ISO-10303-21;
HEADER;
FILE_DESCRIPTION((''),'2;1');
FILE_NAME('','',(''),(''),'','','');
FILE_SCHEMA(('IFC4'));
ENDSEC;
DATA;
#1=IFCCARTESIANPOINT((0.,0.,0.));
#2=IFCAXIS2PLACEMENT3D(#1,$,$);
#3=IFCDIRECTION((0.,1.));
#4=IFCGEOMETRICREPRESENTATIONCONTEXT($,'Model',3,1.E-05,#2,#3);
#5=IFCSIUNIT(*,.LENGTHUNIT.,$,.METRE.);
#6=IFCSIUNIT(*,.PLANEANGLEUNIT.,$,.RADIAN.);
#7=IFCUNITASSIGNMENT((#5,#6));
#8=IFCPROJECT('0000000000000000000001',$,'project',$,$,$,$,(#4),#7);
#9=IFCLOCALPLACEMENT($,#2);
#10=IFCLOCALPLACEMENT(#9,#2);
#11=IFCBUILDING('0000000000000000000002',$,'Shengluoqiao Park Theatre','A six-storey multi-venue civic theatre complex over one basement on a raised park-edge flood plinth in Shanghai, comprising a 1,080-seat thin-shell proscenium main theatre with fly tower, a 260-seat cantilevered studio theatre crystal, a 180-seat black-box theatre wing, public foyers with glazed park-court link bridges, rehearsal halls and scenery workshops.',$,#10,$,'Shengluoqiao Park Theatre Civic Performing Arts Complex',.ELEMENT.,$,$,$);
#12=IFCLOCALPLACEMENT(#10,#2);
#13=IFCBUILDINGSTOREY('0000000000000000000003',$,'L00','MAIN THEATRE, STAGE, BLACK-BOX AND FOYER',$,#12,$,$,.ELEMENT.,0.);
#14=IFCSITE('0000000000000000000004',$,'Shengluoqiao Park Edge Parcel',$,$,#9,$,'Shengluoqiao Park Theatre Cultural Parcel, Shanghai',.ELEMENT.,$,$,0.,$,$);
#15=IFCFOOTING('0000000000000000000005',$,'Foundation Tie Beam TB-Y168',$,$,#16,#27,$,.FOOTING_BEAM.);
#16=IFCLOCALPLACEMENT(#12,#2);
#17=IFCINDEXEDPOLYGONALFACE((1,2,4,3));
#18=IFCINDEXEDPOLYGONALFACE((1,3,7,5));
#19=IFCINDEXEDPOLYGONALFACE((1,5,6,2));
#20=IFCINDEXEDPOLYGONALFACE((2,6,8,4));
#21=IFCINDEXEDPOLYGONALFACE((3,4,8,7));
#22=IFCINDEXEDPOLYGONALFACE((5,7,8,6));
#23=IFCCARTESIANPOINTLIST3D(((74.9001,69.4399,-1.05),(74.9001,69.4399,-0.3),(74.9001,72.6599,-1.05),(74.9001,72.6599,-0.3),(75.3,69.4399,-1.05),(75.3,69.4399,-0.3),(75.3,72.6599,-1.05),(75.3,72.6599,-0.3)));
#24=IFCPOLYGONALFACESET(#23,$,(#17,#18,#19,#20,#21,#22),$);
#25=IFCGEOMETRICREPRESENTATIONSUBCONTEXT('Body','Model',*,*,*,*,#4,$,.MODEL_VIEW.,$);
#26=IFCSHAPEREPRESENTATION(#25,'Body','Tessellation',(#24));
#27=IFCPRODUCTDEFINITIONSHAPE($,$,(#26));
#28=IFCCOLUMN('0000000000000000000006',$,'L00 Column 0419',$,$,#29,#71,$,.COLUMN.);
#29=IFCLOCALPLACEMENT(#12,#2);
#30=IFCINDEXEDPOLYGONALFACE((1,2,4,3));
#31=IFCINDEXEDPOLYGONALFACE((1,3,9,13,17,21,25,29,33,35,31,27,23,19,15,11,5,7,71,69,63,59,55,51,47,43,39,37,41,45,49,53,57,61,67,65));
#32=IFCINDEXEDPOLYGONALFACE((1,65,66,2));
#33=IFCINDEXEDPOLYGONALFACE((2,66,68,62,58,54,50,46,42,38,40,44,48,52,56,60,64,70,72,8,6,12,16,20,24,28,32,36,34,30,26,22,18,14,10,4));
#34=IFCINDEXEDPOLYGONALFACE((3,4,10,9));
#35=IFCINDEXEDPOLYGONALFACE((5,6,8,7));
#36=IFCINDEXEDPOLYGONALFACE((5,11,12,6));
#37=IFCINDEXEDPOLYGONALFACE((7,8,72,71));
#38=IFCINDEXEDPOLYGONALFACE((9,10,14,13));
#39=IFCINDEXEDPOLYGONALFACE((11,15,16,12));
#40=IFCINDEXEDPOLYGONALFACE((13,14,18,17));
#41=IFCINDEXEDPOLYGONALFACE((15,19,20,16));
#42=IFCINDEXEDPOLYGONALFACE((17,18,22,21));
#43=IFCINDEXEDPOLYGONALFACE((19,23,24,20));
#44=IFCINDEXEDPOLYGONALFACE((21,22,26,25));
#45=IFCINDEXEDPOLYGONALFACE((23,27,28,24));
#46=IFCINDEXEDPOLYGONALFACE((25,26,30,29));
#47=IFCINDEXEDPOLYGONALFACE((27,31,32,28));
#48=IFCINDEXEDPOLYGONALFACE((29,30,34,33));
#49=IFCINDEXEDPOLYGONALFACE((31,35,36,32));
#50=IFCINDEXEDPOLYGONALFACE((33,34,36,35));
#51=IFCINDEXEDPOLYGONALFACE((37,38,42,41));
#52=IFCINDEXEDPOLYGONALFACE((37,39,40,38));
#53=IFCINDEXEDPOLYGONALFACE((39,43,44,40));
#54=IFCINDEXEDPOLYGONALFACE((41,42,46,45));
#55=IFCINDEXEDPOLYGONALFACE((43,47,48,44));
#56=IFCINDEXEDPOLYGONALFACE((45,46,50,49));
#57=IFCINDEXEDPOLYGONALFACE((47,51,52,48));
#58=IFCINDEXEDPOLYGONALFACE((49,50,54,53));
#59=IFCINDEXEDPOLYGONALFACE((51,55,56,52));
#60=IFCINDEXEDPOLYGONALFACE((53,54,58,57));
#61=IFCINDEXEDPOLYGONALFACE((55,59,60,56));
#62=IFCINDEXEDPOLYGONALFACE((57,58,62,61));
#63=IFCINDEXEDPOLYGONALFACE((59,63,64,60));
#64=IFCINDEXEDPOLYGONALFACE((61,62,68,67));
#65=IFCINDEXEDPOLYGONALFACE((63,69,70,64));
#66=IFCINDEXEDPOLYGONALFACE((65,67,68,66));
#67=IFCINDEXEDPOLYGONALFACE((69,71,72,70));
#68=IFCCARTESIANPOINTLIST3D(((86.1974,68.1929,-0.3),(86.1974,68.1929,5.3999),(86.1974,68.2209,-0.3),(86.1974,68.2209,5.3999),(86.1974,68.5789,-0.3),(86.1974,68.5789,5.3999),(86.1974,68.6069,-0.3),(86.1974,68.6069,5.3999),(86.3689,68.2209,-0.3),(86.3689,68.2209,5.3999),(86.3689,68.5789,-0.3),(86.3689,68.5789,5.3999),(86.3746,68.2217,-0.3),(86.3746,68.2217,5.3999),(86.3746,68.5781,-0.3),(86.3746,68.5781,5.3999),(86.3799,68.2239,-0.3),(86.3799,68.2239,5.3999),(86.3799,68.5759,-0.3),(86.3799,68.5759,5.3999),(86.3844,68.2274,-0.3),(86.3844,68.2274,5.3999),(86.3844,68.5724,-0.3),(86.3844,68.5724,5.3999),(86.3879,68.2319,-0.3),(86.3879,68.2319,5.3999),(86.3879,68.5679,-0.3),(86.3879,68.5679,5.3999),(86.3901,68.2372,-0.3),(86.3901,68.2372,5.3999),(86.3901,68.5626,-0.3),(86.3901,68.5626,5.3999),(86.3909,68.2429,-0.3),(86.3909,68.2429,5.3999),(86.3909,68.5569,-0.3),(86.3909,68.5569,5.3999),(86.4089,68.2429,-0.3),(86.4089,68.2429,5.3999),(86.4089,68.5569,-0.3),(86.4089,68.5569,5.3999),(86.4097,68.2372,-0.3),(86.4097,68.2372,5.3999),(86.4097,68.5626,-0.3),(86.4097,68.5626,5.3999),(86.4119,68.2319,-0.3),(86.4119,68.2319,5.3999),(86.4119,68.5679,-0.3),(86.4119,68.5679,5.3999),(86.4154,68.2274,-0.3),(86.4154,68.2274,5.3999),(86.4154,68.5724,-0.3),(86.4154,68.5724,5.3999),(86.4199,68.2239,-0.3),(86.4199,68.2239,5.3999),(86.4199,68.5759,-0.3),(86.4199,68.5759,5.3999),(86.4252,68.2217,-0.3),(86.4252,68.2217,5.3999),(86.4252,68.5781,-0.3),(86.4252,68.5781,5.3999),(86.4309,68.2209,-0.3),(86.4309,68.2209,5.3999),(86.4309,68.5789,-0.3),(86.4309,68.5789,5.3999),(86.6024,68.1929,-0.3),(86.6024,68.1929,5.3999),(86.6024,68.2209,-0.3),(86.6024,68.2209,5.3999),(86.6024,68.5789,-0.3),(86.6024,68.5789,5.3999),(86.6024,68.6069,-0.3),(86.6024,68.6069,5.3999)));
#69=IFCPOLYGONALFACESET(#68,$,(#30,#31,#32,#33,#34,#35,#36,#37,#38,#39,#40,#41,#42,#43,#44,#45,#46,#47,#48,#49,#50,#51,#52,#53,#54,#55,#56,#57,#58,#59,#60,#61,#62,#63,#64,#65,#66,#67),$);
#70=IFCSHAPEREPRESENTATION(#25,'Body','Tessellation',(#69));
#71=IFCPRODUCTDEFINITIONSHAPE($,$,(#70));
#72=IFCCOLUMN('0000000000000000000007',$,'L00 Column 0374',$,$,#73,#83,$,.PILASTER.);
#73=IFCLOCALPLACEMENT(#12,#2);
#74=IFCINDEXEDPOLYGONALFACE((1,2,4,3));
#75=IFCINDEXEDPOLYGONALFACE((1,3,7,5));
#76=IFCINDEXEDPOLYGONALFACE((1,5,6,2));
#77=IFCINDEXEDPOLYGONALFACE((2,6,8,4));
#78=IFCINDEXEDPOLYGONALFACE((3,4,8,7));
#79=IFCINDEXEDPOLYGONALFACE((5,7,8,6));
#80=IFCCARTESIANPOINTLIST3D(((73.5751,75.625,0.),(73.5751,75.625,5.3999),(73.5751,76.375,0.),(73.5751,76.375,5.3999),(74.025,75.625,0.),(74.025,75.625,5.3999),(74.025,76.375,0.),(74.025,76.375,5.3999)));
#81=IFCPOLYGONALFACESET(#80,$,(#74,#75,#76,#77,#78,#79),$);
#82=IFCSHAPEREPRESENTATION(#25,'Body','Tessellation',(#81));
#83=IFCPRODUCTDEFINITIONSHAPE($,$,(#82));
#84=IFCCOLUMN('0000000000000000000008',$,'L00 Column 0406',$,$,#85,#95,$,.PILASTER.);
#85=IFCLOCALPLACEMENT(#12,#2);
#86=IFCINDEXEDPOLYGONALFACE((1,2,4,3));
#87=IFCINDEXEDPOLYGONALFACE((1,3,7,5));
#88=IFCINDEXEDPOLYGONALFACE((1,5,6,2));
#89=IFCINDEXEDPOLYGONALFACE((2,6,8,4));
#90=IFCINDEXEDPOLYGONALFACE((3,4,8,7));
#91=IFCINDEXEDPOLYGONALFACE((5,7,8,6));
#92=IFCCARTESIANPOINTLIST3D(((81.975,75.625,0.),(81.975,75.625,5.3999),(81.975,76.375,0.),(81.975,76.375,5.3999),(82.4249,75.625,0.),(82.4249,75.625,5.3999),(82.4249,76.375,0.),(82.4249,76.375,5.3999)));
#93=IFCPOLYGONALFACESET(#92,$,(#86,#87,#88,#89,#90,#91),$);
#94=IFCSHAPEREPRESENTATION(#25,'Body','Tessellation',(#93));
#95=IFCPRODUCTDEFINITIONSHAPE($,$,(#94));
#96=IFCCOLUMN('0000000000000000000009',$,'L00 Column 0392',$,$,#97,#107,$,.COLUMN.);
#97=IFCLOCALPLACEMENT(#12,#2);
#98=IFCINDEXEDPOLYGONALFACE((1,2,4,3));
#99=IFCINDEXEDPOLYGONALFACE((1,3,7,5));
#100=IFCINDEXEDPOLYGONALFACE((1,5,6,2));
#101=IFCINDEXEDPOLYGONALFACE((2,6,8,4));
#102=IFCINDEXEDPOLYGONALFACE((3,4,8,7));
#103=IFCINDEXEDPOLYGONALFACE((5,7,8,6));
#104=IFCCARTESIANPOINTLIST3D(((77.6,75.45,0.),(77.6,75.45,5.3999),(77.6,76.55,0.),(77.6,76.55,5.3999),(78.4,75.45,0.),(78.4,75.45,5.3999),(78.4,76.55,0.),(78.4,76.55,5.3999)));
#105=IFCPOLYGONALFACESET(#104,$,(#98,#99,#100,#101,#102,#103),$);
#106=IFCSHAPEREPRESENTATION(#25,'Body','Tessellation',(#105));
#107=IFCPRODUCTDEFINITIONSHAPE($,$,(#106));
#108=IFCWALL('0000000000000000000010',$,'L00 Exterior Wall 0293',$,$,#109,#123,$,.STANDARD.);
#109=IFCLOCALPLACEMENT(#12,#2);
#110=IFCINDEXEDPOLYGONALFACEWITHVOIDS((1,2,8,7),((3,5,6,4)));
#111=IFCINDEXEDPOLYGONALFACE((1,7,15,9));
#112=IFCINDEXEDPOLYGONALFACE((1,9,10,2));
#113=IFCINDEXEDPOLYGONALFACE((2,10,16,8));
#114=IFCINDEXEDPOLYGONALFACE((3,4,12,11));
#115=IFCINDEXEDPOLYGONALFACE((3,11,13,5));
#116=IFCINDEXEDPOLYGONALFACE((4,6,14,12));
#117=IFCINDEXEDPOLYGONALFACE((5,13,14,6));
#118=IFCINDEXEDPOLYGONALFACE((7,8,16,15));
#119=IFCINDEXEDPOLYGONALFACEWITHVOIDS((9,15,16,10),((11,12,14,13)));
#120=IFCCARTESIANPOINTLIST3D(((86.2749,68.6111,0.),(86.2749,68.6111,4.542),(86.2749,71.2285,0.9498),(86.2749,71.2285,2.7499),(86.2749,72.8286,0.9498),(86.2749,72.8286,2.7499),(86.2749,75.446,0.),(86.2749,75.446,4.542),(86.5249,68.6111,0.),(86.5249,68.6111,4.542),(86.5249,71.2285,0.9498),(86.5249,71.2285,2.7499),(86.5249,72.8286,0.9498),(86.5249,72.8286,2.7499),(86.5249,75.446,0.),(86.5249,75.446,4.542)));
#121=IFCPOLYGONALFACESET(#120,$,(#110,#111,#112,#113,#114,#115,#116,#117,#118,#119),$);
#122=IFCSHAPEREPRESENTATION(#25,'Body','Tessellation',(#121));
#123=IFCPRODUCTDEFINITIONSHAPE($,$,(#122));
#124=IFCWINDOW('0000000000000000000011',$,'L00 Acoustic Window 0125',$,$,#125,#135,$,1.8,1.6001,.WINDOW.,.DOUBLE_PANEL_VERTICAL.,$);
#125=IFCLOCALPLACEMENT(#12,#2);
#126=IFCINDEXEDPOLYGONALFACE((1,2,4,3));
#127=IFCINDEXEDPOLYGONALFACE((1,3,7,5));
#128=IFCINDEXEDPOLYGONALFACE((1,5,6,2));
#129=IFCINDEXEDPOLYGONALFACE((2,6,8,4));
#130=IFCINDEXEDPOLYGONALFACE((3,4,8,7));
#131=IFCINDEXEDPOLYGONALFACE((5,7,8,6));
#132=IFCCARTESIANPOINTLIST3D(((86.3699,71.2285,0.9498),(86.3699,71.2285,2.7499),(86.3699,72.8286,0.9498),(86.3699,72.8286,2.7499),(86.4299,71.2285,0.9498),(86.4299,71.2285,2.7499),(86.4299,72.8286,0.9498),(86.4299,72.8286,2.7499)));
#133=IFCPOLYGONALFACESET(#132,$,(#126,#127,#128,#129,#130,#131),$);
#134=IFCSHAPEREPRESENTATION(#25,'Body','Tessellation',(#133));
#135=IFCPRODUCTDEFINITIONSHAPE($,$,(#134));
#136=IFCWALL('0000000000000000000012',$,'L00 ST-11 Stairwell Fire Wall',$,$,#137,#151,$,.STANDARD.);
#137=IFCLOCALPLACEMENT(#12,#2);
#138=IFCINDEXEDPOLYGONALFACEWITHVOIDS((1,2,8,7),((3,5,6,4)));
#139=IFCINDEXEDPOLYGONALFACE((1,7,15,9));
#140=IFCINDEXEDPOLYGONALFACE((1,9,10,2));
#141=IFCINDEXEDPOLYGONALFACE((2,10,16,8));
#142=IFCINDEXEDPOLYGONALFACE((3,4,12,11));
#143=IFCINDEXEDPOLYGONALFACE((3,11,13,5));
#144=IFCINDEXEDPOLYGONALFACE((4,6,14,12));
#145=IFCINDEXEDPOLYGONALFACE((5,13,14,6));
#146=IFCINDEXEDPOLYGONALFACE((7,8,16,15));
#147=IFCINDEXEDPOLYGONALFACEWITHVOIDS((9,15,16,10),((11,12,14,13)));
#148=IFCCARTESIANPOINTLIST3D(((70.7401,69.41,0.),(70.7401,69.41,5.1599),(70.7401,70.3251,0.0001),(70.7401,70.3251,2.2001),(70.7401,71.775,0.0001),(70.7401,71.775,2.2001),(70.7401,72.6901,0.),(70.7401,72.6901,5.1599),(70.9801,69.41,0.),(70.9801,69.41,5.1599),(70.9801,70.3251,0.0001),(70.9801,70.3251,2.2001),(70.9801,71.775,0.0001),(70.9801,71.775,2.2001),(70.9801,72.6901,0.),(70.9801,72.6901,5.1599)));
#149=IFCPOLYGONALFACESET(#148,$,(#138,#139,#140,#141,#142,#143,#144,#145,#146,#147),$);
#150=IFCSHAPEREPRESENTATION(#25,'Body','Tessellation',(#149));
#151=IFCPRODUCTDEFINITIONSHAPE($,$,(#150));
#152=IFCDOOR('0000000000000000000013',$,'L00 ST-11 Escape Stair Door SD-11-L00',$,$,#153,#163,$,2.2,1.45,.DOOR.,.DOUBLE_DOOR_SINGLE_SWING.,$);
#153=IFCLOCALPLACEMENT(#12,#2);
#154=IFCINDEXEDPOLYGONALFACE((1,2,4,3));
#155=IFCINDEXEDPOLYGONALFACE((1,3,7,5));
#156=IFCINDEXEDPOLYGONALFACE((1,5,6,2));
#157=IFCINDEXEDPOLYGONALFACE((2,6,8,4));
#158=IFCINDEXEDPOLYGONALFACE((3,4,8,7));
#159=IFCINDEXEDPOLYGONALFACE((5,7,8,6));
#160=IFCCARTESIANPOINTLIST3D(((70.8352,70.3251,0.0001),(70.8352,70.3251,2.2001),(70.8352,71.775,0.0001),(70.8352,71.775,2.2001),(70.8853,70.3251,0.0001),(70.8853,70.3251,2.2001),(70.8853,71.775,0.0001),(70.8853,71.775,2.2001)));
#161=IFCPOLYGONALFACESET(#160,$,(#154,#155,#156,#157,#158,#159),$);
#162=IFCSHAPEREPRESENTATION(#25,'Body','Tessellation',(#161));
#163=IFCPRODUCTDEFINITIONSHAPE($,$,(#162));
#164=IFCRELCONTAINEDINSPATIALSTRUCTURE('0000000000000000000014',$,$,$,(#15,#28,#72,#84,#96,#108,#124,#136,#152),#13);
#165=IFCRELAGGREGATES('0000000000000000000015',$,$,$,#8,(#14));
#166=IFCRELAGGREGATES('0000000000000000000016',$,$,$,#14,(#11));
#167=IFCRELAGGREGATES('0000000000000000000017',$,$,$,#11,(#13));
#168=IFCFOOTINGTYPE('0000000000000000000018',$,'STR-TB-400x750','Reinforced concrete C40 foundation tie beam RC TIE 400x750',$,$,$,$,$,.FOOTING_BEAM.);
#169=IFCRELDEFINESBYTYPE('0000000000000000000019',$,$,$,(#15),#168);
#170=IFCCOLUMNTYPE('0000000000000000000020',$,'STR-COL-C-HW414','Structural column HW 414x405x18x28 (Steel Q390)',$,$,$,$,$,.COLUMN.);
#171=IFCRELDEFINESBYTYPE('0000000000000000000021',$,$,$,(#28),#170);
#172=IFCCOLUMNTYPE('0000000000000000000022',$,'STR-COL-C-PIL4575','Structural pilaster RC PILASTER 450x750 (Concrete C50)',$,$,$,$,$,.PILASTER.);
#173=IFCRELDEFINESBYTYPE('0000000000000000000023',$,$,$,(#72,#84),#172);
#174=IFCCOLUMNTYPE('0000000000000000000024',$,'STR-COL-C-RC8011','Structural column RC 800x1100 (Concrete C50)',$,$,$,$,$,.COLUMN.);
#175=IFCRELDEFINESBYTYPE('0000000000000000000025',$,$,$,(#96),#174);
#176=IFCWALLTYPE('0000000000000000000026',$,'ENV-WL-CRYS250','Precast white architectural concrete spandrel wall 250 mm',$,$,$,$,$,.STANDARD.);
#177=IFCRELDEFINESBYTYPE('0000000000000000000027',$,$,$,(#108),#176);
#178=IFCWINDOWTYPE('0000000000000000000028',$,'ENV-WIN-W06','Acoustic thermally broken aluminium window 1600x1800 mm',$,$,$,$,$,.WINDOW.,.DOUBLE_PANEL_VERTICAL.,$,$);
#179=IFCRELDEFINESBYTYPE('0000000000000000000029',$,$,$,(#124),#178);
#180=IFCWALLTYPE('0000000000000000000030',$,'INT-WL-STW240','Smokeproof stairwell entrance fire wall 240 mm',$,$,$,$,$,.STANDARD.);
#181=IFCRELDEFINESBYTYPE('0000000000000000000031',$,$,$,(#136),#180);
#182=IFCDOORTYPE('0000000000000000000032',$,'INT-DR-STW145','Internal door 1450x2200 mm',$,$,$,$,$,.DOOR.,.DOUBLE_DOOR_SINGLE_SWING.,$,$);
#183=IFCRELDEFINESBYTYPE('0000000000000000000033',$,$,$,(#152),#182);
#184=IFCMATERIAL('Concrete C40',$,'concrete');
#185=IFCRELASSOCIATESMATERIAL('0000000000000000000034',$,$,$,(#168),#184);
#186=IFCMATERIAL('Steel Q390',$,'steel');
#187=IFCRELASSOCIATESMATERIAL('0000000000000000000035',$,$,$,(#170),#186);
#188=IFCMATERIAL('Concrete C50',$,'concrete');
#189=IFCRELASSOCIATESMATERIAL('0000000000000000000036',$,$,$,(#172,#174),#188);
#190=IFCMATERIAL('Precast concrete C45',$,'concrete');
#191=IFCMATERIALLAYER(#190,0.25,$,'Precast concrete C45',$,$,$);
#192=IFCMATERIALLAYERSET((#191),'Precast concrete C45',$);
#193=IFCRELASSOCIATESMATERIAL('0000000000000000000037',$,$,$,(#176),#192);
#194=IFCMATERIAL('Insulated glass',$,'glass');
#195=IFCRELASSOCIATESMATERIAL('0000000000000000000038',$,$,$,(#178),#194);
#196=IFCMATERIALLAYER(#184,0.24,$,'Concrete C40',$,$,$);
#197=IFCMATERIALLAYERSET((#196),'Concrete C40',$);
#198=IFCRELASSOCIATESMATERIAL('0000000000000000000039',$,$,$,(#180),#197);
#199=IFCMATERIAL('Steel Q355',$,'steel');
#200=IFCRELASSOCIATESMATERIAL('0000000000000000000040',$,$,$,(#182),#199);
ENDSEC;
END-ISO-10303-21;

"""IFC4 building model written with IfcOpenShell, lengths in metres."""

from ifc_helpers import new_model, si_unit, direction, frame, frame_2d, origin, origin_2d, place, context, subcontext, project, spatial, rectangle, i_section, extrude, material, layer, layer_set, material_profile, profile_set, type_object, element, fill, save


model = new_model("IFC4")

# Units and contexts
model_context = context("Model", 3, precision=1e-05, world=origin(), true_north=direction((0.0, 1.0)))
body_context = subcontext(model_context, "Body", "Model", "MODEL_VIEW")
ifc_project = project(units=[si_unit("LENGTHUNIT", "METRE"), si_unit("PLANEANGLEUNIT", "RADIAN")], contexts=[model_context])

# Site, building, storey
site_placement = place(None, origin())
site = spatial("IfcSite", under=ifc_project, at=site_placement, Name="Shengluoqiao Park Edge Parcel", LongName="Shengluoqiao Park Theatre Cultural Parcel, Shanghai", CompositionType="ELEMENT", RefElevation=0.0)
building_placement = place(site_placement, origin())
building = spatial("IfcBuilding", under=site, at=building_placement, Name="Shengluoqiao Park Theatre", Description="A six-storey multi-venue civic theatre complex over one basement on a raised park-edge flood plinth in Shanghai, comprising a 1,080-seat thin-shell proscenium main theatre with fly tower, a 260-seat cantilevered studio theatre crystal, a 180-seat black-box theatre wing, public foyers with glazed park-court link bridges, rehearsal halls and scenery workshops.", LongName="Shengluoqiao Park Theatre Civic Performing Arts Complex", CompositionType="ELEMENT")
storey_placement = place(building_placement, origin())
storey = spatial("IfcBuildingStorey", under=building, at=storey_placement, Name="L00", Description="MAIN THEATRE, STAGE, BLACK-BOX AND FOYER", CompositionType="ELEMENT", Elevation=0.0)

# Footing
ifc_material_1 = material(Name="Concrete C40", Category="concrete")
ifc_material_profile_1 = material_profile(ifc_material_1, rectangle(XDim=0.3999, YDim=0.75, at=origin_2d()), Name="RC TIE 400x750")
ifc_profile_set_1 = profile_set([ifc_material_profile_1], Name="Concrete C40")
footing_type = type_object("IfcFootingType", Name="STR-TB-400x750", Description="Reinforced concrete C40 foundation tie beam RC TIE 400x750", PredefinedType="FOOTING_BEAM", material=ifc_profile_set_1)
footing_placement = place(storey_placement, frame((75.1001, 69.4399, -0.675), z_axis=(0.0, 1.0, 0.0), x_axis=(-1.0, 0.0, 0.0)))
element("IfcFooting", 1, at=footing_placement, inside=storey, type_object=footing_type, Name="Foundation Tie Beam TB-Y168", PredefinedType="FOOTING_BEAM", context=body_context, shape_type="SweptSolid", body=[
    extrude(rectangle(XDim=0.3999, YDim=0.75, at=origin_2d()), origin(), (0.0, 0.0, 1.0), 3.22),
])

# Columns
ifc_material_2 = material(Name="Steel Q390", Category="steel")
ifc_material_profile_2 = material_profile(ifc_material_2, i_section(OverallWidth=0.405, OverallDepth=0.4141, WebThickness=0.0181, FlangeThickness=0.0281, FilletRadius=0.022, at=origin_2d()), Name="HW 414x405x18x28")
ifc_profile_set_2 = profile_set([ifc_material_profile_2], Name="Steel Q390")
column_type_1 = type_object("IfcColumnType", Name="STR-COL-C-HW414", Description="Structural column HW 414x405x18x28 (Steel Q390)", PredefinedType="COLUMN", material=ifc_profile_set_2)
column_1_placement = place(storey_placement, frame((86.3999, 68.3999, -0.3), z_axis=(0.0, 0.0, 1.0), x_axis=(1.0, 0.0, 0.0)))
element("IfcColumn", 2, at=column_1_placement, inside=storey, type_object=column_type_1, Name="L00 Column 0419", PredefinedType="COLUMN", context=body_context, shape_type="SweptSolid", body=[
    extrude(i_section(OverallWidth=0.405, OverallDepth=0.4141, WebThickness=0.0181, FlangeThickness=0.0281, FilletRadius=0.022, at=origin_2d()), origin(), (0.0, 0.0, 1.0), 5.7),
])
ifc_material_3 = material(Name="Concrete C50", Category="concrete")
ifc_material_profile_3 = material_profile(ifc_material_3, rectangle(XDim=0.45, YDim=0.75, at=origin_2d()), Name="RC PILASTER 450x750")
ifc_profile_set_3 = profile_set([ifc_material_profile_3], Name="Concrete C50")
column_type_2 = type_object("IfcColumnType", Name="STR-COL-C-PIL4575", Description="Structural pilaster RC PILASTER 450x750 (Concrete C50)", PredefinedType="PILASTER", material=ifc_profile_set_3)
for number, where, z_axis, x_axis, name in (
    (3, (73.8, 76.0, 0.0), (0.0, 0.0, 1.0), (1.0, 0.0, 0.0), "L00 Column 0374"),
    (4, (82.2, 76.0, 0.0), (0.0, 0.0, 1.0), (1.0, 0.0, 0.0), "L00 Column 0406"),
):
    element("IfcColumn", number, at=place(storey_placement, frame(where, z_axis=z_axis, x_axis=x_axis)), inside=storey, type_object=column_type_2, Name=name, PredefinedType="PILASTER", context=body_context, shape_type="SweptSolid", body=[
        extrude(rectangle(XDim=0.45, YDim=0.75, at=origin_2d()), origin(), (0.0, 0.0, 1.0), 5.3999),
    ])
ifc_material_profile_4 = material_profile(ifc_material_3, rectangle(XDim=0.8, YDim=1.1001, at=origin_2d()), Name="RC 800x1100")
ifc_profile_set_4 = profile_set([ifc_material_profile_4], Name="Concrete C50")
column_type_3 = type_object("IfcColumnType", Name="STR-COL-C-RC8011", Description="Structural column RC 800x1100 (Concrete C50)", PredefinedType="COLUMN", material=ifc_profile_set_4)
column_2_placement = place(storey_placement, frame((78.0, 76.0, 0.0), z_axis=(0.0, 0.0, 1.0), x_axis=(1.0, 0.0, 0.0)))
element("IfcColumn", 5, at=column_2_placement, inside=storey, type_object=column_type_3, Name="L00 Column 0392", PredefinedType="COLUMN", context=body_context, shape_type="SweptSolid", body=[
    extrude(rectangle(XDim=0.8, YDim=1.1001, at=origin_2d()), origin(), (0.0, 0.0, 1.0), 5.3999),
])

# Wall, opening, window
ifc_material_4 = material(Name="Precast concrete C45", Category="concrete")
ifc_layer_1 = layer(ifc_material_4, 0.25, Name="Precast concrete C45")
ifc_layer_set_1 = layer_set([ifc_layer_1], Name="Precast concrete C45")
wall_type_1 = type_object("IfcWallType", Name="ENV-WL-CRYS250", Description="Precast white architectural concrete spandrel wall 250 mm", PredefinedType="STANDARD", material=ifc_layer_set_1)
wall_1_placement = place(storey_placement, frame((86.3999, 68.6111, 0.0), z_axis=(0.0, 0.0, 1.0), x_axis=(0.0, 1.0, 0.0)))
wall_1 = element("IfcWall", 6, at=wall_1_placement, inside=storey, type_object=wall_type_1, Name="L00 Exterior Wall 0293", PredefinedType="STANDARD", context=body_context, shape_type="SweptSolid", body=[
    extrude(rectangle(XDim=6.835, YDim=0.25, at=frame_2d((3.4175, 0.0))), origin(), (0.0, 0.0, 1.0), 4.542),
])
opening_1_placement = place(wall_1_placement, frame((2.6174, 0.0, 0.95)))
opening_1 = element("IfcOpeningElement", 7, at=opening_1_placement, cuts=wall_1, PredefinedType="OPENING", context=body_context, shape_type="SweptSolid", body=[
    extrude(rectangle(XDim=1.6001, YDim=1.8, at=frame_2d((0.8, 0.8999))), frame((0.0, 0.135, 0.0), z_axis=(0.0, -1.0, 0.0), x_axis=(1.0, 0.0, 0.0)), (0.0, 0.0, 1.0), 0.27),
])
ifc_material_5 = material(Name="Insulated glass", Category="glass")
window_type = type_object("IfcWindowType", Name="ENV-WIN-W06", Description="Acoustic thermally broken aluminium window 1600x1800 mm", PartitioningType="DOUBLE_PANEL_VERTICAL", PredefinedType="WINDOW", material=ifc_material_5)
window_placement = place(opening_1_placement, origin())
window = element("IfcWindow", 8, at=window_placement, inside=storey, type_object=window_type, Name="L00 Acoustic Window 0125", OverallHeight=1.8, OverallWidth=1.6001, PartitioningType="DOUBLE_PANEL_VERTICAL", PredefinedType="WINDOW", context=body_context, shape_type="SweptSolid", body=[
    extrude(rectangle(XDim=1.6001, YDim=1.8, at=frame_2d((0.8, 0.8999))), frame((0.0, 0.03, 0.0), z_axis=(0.0, -1.0, 0.0), x_axis=(1.0, 0.0, 0.0)), (0.0, 0.0, 1.0), 0.0601),
])
fill(opening_1, window)

# Wall, opening, door
ifc_layer_2 = layer(ifc_material_1, 0.24, Name="Concrete C40")
ifc_layer_set_2 = layer_set([ifc_layer_2], Name="Concrete C40")
wall_type_2 = type_object("IfcWallType", Name="INT-WL-STW240", Description="Smokeproof stairwell entrance fire wall 240 mm", PredefinedType="STANDARD", material=ifc_layer_set_2)
wall_2_placement = place(storey_placement, frame((70.8601, 69.4099, 0.0), z_axis=(0.0, 0.0, 1.0), x_axis=(0.0, 1.0, 0.0)))
wall_2 = element("IfcWall", 9, at=wall_2_placement, inside=storey, type_object=wall_type_2, Name="L00 ST-11 Stairwell Fire Wall", PredefinedType="STANDARD", context=body_context, shape_type="SweptSolid", body=[
    extrude(rectangle(XDim=3.28, YDim=0.24, at=frame_2d((1.6401, 0.0))), origin(), (0.0, 0.0, 1.0), 5.1599),
])
opening_2_placement = place(wall_2_placement, frame((0.915, 0.0, 0.0)))
opening_2 = element("IfcOpeningElement", 10, at=opening_2_placement, cuts=wall_2, PredefinedType="OPENING", context=body_context, shape_type="SweptSolid", body=[
    extrude(rectangle(XDim=1.45, YDim=2.2, at=frame_2d((0.7251, 1.1001))), frame((0.0, 0.1299, 0.0), z_axis=(0.0, -1.0, 0.0), x_axis=(1.0, 0.0, 0.0)), (0.0, 0.0, 1.0), 0.26),
])
ifc_material_6 = material(Name="Steel Q355", Category="steel")
door_type = type_object("IfcDoorType", Name="INT-DR-STW145", Description="Internal door 1450x2200 mm", OperationType="DOUBLE_DOOR_SINGLE_SWING", PredefinedType="DOOR", material=ifc_material_6)
door_placement = place(opening_2_placement, origin())
door = element("IfcDoor", 11, at=door_placement, inside=storey, type_object=door_type, Name="L00 ST-11 Escape Stair Door SD-11-L00", OperationType="DOUBLE_DOOR_SINGLE_SWING", OverallHeight=2.2, OverallWidth=1.45, PredefinedType="DOOR", context=body_context, shape_type="SweptSolid", body=[
    extrude(rectangle(XDim=1.45, YDim=2.2, at=frame_2d((0.7251, 1.1001))), frame((0.0, 0.0249, 0.0), z_axis=(0.0, -1.0, 0.0), x_axis=(1.0, 0.0, 0.0)), (0.0, 0.0, 1.0), 0.05),
])
fill(opening_2, door)

save(model, "model.ifc")
